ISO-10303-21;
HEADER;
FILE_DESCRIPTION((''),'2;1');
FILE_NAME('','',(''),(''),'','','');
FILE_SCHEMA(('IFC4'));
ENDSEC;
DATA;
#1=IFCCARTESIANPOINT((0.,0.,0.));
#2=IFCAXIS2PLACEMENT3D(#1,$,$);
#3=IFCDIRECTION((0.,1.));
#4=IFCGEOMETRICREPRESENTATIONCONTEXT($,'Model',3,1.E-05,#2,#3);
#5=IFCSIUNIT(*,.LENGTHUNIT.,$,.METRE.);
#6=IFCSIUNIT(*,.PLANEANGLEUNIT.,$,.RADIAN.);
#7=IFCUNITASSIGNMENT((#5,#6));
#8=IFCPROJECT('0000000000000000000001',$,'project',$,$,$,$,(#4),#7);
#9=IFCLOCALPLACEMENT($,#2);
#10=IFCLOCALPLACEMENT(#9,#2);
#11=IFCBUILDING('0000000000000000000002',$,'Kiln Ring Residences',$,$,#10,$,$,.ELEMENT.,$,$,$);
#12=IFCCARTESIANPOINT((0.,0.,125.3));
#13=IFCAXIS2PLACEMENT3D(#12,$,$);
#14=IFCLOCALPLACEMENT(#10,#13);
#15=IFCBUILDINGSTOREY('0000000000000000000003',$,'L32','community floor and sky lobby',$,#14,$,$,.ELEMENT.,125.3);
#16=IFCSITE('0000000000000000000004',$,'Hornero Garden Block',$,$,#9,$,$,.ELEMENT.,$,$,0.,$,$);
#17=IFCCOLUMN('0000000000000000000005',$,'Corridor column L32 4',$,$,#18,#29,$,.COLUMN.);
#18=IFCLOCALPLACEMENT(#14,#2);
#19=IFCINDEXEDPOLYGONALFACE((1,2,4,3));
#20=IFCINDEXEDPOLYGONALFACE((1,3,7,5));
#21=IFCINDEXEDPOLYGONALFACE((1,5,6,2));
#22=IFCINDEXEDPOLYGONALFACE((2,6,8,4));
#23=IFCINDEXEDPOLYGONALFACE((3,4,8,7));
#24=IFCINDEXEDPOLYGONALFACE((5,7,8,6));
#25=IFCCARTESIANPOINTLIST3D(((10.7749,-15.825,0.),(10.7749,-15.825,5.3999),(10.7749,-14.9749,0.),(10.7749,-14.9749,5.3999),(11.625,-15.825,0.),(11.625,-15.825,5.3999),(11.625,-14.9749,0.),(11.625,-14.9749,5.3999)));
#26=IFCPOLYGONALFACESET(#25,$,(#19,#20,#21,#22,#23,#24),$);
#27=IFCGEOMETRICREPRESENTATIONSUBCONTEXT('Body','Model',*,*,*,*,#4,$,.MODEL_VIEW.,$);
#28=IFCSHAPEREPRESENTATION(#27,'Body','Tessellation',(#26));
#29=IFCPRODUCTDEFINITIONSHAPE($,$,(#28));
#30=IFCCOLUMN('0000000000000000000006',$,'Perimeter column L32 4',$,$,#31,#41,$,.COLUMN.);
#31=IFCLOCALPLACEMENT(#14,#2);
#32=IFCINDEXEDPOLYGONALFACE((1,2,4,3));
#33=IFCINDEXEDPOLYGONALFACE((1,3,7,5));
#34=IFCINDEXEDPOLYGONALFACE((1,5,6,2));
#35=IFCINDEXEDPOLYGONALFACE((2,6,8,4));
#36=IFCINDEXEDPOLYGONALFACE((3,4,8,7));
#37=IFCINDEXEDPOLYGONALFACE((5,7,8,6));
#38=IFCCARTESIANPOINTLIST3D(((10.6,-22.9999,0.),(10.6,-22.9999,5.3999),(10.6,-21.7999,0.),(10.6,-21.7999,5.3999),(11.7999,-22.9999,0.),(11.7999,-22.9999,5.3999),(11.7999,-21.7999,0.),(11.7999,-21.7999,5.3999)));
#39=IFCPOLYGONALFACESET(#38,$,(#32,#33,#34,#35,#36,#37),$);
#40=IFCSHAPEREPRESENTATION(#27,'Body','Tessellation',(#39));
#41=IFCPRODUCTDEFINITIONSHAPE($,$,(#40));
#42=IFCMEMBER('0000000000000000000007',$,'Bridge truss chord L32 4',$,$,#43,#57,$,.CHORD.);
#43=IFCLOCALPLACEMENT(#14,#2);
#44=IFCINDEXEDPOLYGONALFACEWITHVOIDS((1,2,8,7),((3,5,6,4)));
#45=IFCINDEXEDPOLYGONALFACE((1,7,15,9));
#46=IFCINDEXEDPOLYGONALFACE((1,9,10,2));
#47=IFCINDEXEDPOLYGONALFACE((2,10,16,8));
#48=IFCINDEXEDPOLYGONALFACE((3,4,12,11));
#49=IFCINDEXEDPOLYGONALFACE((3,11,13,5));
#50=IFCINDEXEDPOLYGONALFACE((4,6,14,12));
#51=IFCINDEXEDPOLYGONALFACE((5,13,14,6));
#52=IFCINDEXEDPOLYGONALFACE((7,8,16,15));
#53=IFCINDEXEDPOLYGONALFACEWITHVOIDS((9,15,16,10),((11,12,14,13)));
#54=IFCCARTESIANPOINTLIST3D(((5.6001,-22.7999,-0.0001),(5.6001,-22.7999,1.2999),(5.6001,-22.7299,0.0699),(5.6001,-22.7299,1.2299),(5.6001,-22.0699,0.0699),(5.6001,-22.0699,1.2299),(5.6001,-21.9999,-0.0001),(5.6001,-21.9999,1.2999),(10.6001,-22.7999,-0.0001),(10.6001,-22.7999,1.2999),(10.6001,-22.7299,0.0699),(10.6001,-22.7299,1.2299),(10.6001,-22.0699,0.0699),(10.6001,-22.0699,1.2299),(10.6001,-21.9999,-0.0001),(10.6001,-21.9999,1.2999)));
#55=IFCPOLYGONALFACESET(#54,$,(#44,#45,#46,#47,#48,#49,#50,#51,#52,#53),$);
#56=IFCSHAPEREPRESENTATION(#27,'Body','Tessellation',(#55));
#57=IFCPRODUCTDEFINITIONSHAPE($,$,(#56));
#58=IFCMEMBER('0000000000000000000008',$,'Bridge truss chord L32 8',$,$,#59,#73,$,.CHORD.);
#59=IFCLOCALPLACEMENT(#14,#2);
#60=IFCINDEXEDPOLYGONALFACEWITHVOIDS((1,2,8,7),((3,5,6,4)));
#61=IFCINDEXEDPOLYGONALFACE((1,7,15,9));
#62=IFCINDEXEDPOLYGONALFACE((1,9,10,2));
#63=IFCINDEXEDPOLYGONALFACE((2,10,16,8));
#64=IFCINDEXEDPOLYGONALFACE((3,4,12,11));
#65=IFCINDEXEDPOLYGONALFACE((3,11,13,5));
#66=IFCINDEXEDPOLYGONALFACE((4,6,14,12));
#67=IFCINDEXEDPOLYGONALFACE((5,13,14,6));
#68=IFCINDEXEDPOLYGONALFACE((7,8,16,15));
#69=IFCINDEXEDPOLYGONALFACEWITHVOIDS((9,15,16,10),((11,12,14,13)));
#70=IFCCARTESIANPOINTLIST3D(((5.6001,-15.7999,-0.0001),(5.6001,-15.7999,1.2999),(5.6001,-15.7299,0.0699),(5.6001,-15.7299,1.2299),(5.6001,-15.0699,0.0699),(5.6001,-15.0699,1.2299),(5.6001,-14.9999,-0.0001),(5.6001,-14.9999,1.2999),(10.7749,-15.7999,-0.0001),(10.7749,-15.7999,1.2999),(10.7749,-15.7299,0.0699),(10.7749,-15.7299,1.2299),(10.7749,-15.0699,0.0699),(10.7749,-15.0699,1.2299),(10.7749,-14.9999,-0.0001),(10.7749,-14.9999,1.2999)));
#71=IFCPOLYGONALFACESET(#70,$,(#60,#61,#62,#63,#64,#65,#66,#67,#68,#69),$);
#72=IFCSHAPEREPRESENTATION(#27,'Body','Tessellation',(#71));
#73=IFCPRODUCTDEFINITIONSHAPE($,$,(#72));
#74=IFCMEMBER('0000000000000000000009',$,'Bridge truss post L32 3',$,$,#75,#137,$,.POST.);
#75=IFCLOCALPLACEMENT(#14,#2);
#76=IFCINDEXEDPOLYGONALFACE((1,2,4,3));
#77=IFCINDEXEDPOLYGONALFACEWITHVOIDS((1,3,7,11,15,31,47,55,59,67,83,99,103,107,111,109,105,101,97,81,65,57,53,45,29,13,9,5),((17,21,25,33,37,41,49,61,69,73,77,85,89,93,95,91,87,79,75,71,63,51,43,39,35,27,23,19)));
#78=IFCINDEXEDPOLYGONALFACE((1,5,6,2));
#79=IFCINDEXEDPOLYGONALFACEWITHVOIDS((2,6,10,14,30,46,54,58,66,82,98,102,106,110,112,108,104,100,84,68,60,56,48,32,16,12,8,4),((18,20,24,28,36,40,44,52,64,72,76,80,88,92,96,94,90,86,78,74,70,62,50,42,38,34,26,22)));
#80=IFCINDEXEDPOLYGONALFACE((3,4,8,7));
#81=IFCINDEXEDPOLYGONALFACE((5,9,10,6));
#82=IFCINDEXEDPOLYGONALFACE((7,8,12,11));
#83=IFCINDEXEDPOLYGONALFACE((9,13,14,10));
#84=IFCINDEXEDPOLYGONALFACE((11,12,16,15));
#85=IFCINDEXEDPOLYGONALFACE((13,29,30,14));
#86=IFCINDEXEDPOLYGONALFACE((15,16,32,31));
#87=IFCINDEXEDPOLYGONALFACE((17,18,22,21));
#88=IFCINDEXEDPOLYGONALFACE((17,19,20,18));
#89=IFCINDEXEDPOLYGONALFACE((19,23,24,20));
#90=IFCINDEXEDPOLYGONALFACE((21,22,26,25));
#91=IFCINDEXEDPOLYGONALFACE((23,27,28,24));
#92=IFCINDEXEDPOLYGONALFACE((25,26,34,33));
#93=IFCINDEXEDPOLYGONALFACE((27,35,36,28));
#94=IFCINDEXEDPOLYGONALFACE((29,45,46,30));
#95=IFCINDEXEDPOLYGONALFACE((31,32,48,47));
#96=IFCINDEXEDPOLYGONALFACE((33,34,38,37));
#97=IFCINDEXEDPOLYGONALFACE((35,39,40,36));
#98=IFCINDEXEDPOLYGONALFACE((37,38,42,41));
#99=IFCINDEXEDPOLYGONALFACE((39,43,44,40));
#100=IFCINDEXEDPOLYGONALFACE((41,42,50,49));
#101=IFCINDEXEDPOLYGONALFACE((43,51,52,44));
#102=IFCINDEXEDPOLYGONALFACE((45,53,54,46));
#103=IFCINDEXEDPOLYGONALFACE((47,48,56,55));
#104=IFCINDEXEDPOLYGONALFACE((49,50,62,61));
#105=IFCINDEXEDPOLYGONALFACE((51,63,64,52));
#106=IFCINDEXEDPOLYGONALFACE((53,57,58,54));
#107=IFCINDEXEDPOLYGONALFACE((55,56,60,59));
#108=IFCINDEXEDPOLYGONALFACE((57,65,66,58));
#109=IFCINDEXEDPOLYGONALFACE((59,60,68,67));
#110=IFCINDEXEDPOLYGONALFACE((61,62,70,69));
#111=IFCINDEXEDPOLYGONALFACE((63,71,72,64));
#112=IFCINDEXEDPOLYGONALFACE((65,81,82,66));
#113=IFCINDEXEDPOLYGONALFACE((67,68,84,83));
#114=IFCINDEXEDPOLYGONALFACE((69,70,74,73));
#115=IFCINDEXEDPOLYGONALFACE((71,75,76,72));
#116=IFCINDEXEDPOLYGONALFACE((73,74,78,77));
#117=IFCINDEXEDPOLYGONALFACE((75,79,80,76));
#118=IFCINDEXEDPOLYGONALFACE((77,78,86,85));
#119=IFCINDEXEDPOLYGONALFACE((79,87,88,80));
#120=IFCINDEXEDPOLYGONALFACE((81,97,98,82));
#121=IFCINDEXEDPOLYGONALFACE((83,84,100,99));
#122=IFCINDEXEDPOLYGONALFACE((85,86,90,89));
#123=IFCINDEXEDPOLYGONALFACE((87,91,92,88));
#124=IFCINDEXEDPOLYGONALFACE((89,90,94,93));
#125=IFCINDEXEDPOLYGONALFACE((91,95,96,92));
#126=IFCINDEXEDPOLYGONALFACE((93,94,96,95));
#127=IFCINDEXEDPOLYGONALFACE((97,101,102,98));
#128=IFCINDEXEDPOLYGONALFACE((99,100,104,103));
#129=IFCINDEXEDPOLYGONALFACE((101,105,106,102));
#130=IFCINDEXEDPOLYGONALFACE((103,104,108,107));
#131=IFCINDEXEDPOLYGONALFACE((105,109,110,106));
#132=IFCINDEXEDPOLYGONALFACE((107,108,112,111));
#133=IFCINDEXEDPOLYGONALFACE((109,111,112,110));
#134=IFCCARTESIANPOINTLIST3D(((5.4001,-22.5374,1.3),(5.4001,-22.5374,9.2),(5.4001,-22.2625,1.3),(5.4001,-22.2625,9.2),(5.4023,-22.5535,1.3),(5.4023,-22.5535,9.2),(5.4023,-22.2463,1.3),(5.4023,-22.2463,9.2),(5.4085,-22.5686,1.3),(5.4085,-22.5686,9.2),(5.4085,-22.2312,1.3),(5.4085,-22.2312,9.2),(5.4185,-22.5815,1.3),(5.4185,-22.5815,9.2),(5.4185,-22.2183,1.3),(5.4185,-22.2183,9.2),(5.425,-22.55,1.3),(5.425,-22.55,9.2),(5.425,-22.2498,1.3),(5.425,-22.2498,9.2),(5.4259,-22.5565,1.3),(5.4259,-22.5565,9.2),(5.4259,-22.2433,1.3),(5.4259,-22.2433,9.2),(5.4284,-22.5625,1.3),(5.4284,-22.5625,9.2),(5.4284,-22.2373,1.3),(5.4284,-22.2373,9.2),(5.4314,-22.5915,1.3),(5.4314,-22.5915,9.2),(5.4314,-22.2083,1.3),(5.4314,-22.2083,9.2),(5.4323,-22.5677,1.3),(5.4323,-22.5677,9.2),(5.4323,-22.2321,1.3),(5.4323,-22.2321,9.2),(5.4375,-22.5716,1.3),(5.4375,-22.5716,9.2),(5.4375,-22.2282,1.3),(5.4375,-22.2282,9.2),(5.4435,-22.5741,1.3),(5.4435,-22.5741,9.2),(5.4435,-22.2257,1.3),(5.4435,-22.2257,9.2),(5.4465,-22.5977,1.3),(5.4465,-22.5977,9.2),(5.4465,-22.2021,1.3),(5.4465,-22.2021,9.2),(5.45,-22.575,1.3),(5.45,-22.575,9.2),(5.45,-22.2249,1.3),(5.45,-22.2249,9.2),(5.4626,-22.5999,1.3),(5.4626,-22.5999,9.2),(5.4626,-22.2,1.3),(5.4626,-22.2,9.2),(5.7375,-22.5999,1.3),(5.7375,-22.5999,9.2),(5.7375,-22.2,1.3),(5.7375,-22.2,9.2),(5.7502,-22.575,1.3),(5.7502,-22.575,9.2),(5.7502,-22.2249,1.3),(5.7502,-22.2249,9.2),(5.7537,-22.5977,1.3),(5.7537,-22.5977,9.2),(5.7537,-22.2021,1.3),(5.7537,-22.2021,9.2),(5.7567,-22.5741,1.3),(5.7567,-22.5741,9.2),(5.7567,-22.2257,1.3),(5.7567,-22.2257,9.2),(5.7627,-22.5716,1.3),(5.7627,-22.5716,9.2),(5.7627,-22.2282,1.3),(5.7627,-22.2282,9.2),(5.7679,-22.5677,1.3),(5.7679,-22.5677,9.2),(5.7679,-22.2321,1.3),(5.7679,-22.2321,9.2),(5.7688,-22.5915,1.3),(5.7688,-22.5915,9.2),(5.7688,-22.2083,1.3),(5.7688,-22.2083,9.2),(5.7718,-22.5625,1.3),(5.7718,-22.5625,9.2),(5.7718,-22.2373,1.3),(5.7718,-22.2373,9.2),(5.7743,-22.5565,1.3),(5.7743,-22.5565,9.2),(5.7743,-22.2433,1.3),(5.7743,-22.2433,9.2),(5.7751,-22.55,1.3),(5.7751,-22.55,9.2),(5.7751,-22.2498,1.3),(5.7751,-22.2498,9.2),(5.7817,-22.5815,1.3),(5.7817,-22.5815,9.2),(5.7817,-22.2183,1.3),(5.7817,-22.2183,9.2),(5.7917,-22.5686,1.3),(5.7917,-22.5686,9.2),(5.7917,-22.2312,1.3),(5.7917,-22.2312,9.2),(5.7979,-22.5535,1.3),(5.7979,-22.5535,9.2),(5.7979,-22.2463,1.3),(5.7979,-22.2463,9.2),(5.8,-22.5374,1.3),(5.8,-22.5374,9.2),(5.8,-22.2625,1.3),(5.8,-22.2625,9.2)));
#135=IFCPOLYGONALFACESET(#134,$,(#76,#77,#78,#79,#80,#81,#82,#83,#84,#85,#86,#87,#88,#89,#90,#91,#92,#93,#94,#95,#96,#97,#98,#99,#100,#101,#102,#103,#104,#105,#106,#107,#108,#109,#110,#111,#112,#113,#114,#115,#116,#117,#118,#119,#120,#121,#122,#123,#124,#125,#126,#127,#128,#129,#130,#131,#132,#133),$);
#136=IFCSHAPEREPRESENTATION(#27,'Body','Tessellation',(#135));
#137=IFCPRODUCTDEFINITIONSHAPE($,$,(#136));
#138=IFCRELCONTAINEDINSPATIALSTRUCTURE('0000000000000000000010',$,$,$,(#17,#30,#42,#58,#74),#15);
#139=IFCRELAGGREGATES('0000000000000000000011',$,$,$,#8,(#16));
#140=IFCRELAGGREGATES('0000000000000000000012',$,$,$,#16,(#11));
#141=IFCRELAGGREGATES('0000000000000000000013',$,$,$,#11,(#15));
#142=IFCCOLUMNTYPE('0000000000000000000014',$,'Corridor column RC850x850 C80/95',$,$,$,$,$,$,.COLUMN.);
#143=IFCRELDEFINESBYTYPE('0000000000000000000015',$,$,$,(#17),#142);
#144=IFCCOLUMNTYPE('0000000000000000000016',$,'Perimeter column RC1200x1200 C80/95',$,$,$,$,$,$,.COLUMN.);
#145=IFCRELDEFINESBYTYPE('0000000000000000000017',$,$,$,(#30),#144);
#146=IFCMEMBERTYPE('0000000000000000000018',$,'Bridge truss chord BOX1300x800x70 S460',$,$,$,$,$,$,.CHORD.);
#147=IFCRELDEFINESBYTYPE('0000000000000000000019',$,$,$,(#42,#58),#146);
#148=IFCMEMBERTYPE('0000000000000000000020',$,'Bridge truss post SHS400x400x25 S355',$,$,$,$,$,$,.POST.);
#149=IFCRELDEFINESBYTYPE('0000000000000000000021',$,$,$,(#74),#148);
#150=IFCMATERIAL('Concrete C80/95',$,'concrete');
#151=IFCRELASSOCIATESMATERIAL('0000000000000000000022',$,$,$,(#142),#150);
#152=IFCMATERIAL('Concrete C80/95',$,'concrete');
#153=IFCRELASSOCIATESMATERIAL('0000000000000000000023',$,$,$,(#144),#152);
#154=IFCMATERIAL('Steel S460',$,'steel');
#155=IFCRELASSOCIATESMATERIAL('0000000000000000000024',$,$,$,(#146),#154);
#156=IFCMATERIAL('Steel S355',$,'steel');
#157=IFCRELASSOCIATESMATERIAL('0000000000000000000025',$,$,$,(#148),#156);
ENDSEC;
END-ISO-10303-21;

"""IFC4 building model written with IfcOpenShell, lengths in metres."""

from ifc_helpers import new_model, si_unit, direction, frame, origin, origin_2d, place, context, subcontext, project, spatial, rectangle, hollow_rectangle, extrude, material, material_profile, profile_set, type_object, element, save


model = new_model("IFC4")

# Units and contexts
model_context = context("Model", 3, precision=1e-05, world=origin(), true_north=direction((0.0, 1.0)))
body_context = subcontext(model_context, "Body", "Model", "MODEL_VIEW")
ifc_project = project(units=[si_unit("LENGTHUNIT", "METRE"), si_unit("PLANEANGLEUNIT", "RADIAN")], contexts=[model_context])

# Site, building, storey
site_placement = place(None, origin())
site = spatial("IfcSite", under=ifc_project, at=site_placement, Name="Hornero Garden Block", CompositionType="ELEMENT", RefElevation=0.0)
building_placement = place(site_placement, origin())
building = spatial("IfcBuilding", under=site, at=building_placement, Name="Kiln Ring Residences", CompositionType="ELEMENT")
storey_placement = place(building_placement, frame((0.0, 0.0, 125.3)))
storey = spatial("IfcBuildingStorey", under=building, at=storey_placement, Name="L32", Description="community floor and sky lobby", CompositionType="ELEMENT", Elevation=125.3)

# Columns
ifc_material_1 = material(Name="Concrete C80/95", Category="concrete")
ifc_material_profile_1 = material_profile(ifc_material_1, rectangle(XDim=0.8501, YDim=0.8501, at=origin_2d()), Name="RC850x850")
ifc_profile_set_1 = profile_set([ifc_material_profile_1], Name="Concrete C80/95")
column_type_1 = type_object("IfcColumnType", Name="Corridor column RC850x850 C80/95", PredefinedType="COLUMN", material=ifc_profile_set_1)
column_1_placement = place(storey_placement, frame((11.2, -15.3999, 0.0), z_axis=(0.0, 0.0, 1.0), x_axis=(1.0, 0.0, 0.0)))
element("IfcColumn", 1, at=column_1_placement, inside=storey, type_object=column_type_1, Name="Corridor column L32 4", PredefinedType="COLUMN", context=body_context, shape_type="SweptSolid", body=[
    extrude(rectangle(XDim=0.8501, YDim=0.8501, at=origin_2d()), origin(), (0.0, 0.0, 1.0), 5.3999),
])
ifc_material_2 = material(Name="Concrete C80/95", Category="concrete")
ifc_material_profile_2 = material_profile(ifc_material_2, rectangle(XDim=1.2, YDim=1.2, at=origin_2d()), Name="RC1200x1200")
ifc_profile_set_2 = profile_set([ifc_material_profile_2], Name="Concrete C80/95")
column_type_2 = type_object("IfcColumnType", Name="Perimeter column RC1200x1200 C80/95", PredefinedType="COLUMN", material=ifc_profile_set_2)
column_2_placement = place(storey_placement, frame((11.2, -22.3999, 0.0), z_axis=(0.0, 0.0, 1.0), x_axis=(1.0, 0.0, 0.0)))
element("IfcColumn", 2, at=column_2_placement, inside=storey, type_object=column_type_2, Name="Perimeter column L32 4", PredefinedType="COLUMN", context=body_context, shape_type="SweptSolid", body=[
    extrude(rectangle(XDim=1.2, YDim=1.2, at=origin_2d()), origin(), (0.0, 0.0, 1.0), 5.3999),
])

# Members
ifc_material_3 = material(Name="Steel S460", Category="steel")
ifc_material_profile_3 = material_profile(ifc_material_3, hollow_rectangle(XDim=0.8, YDim=1.3, WallThickness=0.0701, at=origin_2d()), Name="BOX1300x800x70")
ifc_profile_set_3 = profile_set([ifc_material_profile_3], Name="Steel S460")
member_type_1 = type_object("IfcMemberType", Name="Bridge truss chord BOX1300x800x70 S460", PredefinedType="CHORD", material=ifc_profile_set_3)
member_1_placement = place(storey_placement, frame((5.6001, -22.3999, 0.6499), z_axis=(1.0, 0.0, 0.0), x_axis=(0.0, 1.0, 0.0)))
element("IfcMember", 3, at=member_1_placement, inside=storey, type_object=member_type_1, Name="Bridge truss chord L32 4", PredefinedType="CHORD", context=body_context, shape_type="SweptSolid", body=[
    extrude(hollow_rectangle(XDim=0.8, YDim=1.3, WallThickness=0.0701, at=origin_2d()), origin(), (0.0, 0.0, 1.0), 5.0),
])
member_2_placement = place(storey_placement, frame((5.6001, -15.3999, 0.6499), z_axis=(1.0, 0.0, 0.0), x_axis=(0.0, 1.0, 0.0)))
element("IfcMember", 4, at=member_2_placement, inside=storey, type_object=member_type_1, Name="Bridge truss chord L32 8", PredefinedType="CHORD", context=body_context, shape_type="SweptSolid", body=[
    extrude(hollow_rectangle(XDim=0.8, YDim=1.3, WallThickness=0.0701, at=origin_2d()), origin(), (0.0, 0.0, 1.0), 5.1748),
])
ifc_material_4 = material(Name="Steel S355", Category="steel")
ifc_material_profile_4 = material_profile(ifc_material_4, hollow_rectangle(XDim=0.3999, YDim=0.3999, WallThickness=0.0249, InnerFilletRadius=0.0249, OuterFilletRadius=0.0625, at=origin_2d()), Name="SHS400x400x25")
ifc_profile_set_4 = profile_set([ifc_material_profile_4], Name="Steel S355")
member_type_2 = type_object("IfcMemberType", Name="Bridge truss post SHS400x400x25 S355", PredefinedType="POST", material=ifc_profile_set_4)
for number, where, z_axis, x_axis, name in (
    (5, (5.6001, -22.3999, 1.3), (0.0, 0.0, 1.0), (1.0, 0.0, 0.0), "Bridge truss post L32 3"),
):
    element("IfcMember", number, at=place(storey_placement, frame(where, z_axis=z_axis, x_axis=x_axis)), inside=storey, type_object=member_type_2, Name=name, PredefinedType="POST", context=body_context, shape_type="SweptSolid", body=[
        extrude(hollow_rectangle(XDim=0.3999, YDim=0.3999, WallThickness=0.0249, InnerFilletRadius=0.0249, OuterFilletRadius=0.0625, at=origin_2d()), origin(), (0.0, 0.0, 1.0), 7.8999),
    ])

save(model, "model.ifc")
